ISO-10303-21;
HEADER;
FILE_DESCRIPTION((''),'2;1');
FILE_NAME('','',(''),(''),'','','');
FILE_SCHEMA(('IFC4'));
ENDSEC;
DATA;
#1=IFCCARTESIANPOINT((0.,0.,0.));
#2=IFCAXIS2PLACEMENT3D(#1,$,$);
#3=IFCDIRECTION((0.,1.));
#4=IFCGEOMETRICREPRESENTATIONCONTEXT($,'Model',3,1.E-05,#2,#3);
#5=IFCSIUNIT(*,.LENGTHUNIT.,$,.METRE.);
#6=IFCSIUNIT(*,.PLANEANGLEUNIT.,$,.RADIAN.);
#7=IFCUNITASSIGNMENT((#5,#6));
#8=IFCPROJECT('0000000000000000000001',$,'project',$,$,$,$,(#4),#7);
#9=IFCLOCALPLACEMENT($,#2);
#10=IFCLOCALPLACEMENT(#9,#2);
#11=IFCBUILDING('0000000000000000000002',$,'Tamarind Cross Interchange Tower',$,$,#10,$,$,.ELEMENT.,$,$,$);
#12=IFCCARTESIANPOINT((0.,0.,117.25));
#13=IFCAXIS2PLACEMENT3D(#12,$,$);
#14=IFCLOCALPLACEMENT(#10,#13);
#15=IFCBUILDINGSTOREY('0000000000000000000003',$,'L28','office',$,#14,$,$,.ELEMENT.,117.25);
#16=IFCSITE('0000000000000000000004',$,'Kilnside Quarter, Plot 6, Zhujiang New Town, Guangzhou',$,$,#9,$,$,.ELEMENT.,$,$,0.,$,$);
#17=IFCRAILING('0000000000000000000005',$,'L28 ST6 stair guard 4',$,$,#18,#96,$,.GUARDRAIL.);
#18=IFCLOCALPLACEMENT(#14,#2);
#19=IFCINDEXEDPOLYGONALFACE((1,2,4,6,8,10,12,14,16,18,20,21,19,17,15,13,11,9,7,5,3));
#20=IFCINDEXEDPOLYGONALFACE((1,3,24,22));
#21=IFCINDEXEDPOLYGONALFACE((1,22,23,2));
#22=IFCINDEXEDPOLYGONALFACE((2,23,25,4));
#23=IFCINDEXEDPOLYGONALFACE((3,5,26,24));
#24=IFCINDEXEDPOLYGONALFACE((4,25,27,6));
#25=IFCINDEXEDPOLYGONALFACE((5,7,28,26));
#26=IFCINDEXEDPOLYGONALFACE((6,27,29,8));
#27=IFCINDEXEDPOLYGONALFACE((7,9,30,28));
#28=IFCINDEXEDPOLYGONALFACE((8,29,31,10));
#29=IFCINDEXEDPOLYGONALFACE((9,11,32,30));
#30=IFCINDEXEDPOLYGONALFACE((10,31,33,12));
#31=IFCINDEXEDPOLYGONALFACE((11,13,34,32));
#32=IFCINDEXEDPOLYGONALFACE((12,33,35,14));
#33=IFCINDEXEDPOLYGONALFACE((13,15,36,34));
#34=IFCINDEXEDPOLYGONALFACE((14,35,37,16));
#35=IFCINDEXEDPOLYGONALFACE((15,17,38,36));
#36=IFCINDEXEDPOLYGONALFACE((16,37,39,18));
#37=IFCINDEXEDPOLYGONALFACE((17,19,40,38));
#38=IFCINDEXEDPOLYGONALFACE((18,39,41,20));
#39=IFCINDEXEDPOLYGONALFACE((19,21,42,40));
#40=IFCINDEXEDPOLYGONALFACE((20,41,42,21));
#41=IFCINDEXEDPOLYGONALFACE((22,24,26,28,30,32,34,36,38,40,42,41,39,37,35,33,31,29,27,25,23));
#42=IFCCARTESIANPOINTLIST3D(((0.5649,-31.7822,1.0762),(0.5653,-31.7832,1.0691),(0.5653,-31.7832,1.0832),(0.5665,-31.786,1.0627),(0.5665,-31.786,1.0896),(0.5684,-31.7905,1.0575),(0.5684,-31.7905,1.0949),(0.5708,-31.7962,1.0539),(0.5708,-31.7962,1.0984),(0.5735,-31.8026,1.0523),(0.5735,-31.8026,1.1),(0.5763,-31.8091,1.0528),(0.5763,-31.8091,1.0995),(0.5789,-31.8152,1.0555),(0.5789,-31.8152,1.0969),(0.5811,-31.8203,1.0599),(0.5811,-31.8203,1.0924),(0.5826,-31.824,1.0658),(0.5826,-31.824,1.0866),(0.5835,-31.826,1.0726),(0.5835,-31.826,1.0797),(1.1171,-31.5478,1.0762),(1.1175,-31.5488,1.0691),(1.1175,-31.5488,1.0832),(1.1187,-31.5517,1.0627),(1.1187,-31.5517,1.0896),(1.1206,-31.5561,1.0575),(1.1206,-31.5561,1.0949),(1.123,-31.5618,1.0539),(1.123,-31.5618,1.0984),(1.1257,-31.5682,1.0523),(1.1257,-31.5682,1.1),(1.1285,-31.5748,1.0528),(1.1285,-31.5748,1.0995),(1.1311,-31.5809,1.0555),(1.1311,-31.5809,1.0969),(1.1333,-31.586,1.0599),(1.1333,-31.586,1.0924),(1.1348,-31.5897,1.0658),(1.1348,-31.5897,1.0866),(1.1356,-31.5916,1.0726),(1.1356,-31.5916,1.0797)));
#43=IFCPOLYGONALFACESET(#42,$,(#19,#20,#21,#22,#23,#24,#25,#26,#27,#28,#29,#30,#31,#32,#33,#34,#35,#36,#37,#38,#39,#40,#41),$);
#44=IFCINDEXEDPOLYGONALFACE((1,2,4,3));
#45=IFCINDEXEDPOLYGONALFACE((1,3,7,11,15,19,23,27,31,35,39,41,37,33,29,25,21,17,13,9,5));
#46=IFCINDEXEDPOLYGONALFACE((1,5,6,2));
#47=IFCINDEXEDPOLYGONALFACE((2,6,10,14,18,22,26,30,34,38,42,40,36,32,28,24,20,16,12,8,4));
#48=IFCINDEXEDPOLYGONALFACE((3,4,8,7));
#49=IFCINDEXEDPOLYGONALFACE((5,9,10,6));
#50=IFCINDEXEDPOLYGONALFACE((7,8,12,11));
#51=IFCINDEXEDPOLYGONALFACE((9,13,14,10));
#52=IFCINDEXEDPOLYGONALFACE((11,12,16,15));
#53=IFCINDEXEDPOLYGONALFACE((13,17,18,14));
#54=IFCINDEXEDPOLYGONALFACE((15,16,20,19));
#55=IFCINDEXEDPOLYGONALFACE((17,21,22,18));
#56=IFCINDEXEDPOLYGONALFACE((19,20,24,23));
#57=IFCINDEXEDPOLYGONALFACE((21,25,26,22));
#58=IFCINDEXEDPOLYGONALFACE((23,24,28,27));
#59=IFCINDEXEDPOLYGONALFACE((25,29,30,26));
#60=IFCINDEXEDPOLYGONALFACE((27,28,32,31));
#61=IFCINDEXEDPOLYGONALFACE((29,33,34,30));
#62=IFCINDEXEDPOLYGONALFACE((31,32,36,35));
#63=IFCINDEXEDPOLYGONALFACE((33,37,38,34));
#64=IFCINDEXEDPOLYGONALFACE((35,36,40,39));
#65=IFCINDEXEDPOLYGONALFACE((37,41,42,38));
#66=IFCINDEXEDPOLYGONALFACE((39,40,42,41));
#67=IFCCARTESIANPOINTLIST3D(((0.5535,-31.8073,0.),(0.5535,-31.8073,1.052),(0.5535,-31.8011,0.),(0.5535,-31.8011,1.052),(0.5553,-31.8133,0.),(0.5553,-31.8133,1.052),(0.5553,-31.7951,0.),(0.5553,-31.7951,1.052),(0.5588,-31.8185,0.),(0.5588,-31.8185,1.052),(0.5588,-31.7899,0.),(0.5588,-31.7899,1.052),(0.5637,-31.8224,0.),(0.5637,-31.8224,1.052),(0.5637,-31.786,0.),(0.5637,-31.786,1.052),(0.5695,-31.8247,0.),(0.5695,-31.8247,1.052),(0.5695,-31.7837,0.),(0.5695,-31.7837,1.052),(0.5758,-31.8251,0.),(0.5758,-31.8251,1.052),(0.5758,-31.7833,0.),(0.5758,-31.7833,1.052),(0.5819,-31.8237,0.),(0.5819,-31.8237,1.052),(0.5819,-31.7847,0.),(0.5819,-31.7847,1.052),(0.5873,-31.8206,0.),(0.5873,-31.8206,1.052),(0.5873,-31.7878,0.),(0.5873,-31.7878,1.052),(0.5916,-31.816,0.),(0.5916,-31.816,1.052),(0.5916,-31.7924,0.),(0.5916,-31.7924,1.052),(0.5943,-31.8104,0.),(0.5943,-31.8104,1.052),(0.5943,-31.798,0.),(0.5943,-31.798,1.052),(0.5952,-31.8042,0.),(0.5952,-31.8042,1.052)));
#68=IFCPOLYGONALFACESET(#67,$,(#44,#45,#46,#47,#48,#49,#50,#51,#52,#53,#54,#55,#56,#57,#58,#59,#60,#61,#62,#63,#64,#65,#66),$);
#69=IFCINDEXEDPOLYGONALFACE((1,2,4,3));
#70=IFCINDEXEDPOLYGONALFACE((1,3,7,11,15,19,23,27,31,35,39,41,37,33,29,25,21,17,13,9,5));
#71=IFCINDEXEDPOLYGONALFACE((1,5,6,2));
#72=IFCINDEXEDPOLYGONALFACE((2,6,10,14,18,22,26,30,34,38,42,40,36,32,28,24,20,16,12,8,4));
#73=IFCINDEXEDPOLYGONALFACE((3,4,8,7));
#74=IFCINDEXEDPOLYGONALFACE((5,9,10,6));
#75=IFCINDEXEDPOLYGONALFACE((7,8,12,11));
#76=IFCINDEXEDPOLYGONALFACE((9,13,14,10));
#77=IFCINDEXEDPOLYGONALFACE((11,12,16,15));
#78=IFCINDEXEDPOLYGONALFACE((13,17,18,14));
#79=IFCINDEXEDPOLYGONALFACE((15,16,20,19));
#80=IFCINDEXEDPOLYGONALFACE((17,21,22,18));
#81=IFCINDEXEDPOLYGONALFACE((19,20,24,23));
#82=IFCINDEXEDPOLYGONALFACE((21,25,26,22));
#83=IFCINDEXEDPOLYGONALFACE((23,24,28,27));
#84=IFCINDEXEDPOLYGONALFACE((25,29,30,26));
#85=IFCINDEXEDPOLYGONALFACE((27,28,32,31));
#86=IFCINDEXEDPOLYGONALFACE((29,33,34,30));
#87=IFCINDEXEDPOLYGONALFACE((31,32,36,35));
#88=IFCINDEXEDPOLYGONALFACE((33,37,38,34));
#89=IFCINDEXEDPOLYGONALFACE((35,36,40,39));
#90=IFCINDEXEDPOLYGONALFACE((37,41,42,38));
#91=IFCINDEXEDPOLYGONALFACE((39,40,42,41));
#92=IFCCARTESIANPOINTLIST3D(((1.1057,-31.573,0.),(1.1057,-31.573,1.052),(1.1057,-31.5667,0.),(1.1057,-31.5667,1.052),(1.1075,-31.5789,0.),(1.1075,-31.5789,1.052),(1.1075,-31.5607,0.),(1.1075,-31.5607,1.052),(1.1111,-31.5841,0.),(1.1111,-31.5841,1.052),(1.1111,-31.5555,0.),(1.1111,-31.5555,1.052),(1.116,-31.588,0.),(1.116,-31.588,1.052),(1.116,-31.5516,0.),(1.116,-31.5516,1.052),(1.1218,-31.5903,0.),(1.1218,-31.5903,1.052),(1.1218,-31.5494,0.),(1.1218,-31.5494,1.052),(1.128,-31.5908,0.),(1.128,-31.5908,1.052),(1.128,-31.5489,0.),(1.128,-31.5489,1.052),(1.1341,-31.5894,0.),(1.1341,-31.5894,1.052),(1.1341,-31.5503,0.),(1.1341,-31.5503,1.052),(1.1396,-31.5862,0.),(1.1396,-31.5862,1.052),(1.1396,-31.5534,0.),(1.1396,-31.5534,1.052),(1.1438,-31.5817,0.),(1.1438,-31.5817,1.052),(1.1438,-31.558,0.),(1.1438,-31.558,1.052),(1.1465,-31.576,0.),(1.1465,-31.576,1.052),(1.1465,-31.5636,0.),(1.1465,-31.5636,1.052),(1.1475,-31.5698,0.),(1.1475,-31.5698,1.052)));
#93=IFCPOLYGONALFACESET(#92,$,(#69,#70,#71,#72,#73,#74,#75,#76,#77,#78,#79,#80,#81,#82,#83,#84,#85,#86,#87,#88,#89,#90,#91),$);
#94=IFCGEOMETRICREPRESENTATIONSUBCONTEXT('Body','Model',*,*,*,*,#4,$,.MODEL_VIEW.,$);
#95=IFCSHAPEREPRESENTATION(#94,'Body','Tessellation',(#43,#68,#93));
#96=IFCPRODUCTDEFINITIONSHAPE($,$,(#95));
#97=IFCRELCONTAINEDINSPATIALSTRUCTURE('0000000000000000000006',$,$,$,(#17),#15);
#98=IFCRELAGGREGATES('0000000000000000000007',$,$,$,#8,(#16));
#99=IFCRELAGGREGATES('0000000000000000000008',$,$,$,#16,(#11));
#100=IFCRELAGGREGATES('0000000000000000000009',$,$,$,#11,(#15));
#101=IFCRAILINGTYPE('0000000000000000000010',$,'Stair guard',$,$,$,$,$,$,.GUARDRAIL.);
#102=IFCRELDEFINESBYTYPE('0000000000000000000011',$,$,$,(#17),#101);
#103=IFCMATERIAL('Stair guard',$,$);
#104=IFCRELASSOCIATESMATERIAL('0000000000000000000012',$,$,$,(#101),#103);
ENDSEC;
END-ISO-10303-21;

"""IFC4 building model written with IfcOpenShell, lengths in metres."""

from ifc_helpers import new_model, si_unit, direction, frame, origin, origin_2d, place, context, subcontext, project, spatial, circle, extrude, material, type_object, element, save


model = new_model("IFC4")

# Units and contexts
model_context = context("Model", 3, precision=1e-05, world=origin(), true_north=direction((0.0, 1.0)))
body_context = subcontext(model_context, "Body", "Model", "MODEL_VIEW")
ifc_project = project(units=[si_unit("LENGTHUNIT", "METRE"), si_unit("PLANEANGLEUNIT", "RADIAN")], contexts=[model_context])

# Site, building, storey
site_placement = place(None, origin())
site = spatial("IfcSite", under=ifc_project, at=site_placement, Name="Kilnside Quarter, Plot 6, Zhujiang New Town, Guangzhou", CompositionType="ELEMENT", RefElevation=0.0)
building_placement = place(site_placement, origin())
building = spatial("IfcBuilding", under=site, at=building_placement, Name="Tamarind Cross Interchange Tower", CompositionType="ELEMENT")
storey_placement = place(building_placement, frame((0.0, 0.0, 117.25)))
storey = spatial("IfcBuildingStorey", under=building, at=storey_placement, Name="L28", Description="office", CompositionType="ELEMENT", Elevation=117.25)

# Railing
ifc_material_1 = material(Name="Stair guard")
railing_type_1 = type_object("IfcRailingType", Name="Stair guard", PredefinedType="GUARDRAIL", material=ifc_material_1)
railing_1_placement = place(storey_placement, frame((0.5742, -31.8042, 0.0)))
element("IfcRailing", 1, at=railing_1_placement, inside=storey, type_object=railing_type_1, Name="L28 ST6 stair guard 4", PredefinedType="GUARDRAIL", context=body_context, shape_type="SweptSolid", body=[
    extrude(circle(Radius=0.0239, at=origin_2d()), frame((0.0, 0.0, 1.0762), z_axis=(0.920529, 0.390675, 0.0), x_axis=(-0.390675, 0.920529, 0.0)), (0.0, 0.0, 1.0), 0.5999),
    extrude(circle(Radius=0.021, at=origin_2d()), origin(), (0.0, 0.0, 1.0), 1.052),
    extrude(circle(Radius=0.021, at=origin_2d()), frame((0.5522, 0.2344, 0.0)), (0.0, 0.0, 1.0), 1.052),
])

save(model, "model.ifc")
